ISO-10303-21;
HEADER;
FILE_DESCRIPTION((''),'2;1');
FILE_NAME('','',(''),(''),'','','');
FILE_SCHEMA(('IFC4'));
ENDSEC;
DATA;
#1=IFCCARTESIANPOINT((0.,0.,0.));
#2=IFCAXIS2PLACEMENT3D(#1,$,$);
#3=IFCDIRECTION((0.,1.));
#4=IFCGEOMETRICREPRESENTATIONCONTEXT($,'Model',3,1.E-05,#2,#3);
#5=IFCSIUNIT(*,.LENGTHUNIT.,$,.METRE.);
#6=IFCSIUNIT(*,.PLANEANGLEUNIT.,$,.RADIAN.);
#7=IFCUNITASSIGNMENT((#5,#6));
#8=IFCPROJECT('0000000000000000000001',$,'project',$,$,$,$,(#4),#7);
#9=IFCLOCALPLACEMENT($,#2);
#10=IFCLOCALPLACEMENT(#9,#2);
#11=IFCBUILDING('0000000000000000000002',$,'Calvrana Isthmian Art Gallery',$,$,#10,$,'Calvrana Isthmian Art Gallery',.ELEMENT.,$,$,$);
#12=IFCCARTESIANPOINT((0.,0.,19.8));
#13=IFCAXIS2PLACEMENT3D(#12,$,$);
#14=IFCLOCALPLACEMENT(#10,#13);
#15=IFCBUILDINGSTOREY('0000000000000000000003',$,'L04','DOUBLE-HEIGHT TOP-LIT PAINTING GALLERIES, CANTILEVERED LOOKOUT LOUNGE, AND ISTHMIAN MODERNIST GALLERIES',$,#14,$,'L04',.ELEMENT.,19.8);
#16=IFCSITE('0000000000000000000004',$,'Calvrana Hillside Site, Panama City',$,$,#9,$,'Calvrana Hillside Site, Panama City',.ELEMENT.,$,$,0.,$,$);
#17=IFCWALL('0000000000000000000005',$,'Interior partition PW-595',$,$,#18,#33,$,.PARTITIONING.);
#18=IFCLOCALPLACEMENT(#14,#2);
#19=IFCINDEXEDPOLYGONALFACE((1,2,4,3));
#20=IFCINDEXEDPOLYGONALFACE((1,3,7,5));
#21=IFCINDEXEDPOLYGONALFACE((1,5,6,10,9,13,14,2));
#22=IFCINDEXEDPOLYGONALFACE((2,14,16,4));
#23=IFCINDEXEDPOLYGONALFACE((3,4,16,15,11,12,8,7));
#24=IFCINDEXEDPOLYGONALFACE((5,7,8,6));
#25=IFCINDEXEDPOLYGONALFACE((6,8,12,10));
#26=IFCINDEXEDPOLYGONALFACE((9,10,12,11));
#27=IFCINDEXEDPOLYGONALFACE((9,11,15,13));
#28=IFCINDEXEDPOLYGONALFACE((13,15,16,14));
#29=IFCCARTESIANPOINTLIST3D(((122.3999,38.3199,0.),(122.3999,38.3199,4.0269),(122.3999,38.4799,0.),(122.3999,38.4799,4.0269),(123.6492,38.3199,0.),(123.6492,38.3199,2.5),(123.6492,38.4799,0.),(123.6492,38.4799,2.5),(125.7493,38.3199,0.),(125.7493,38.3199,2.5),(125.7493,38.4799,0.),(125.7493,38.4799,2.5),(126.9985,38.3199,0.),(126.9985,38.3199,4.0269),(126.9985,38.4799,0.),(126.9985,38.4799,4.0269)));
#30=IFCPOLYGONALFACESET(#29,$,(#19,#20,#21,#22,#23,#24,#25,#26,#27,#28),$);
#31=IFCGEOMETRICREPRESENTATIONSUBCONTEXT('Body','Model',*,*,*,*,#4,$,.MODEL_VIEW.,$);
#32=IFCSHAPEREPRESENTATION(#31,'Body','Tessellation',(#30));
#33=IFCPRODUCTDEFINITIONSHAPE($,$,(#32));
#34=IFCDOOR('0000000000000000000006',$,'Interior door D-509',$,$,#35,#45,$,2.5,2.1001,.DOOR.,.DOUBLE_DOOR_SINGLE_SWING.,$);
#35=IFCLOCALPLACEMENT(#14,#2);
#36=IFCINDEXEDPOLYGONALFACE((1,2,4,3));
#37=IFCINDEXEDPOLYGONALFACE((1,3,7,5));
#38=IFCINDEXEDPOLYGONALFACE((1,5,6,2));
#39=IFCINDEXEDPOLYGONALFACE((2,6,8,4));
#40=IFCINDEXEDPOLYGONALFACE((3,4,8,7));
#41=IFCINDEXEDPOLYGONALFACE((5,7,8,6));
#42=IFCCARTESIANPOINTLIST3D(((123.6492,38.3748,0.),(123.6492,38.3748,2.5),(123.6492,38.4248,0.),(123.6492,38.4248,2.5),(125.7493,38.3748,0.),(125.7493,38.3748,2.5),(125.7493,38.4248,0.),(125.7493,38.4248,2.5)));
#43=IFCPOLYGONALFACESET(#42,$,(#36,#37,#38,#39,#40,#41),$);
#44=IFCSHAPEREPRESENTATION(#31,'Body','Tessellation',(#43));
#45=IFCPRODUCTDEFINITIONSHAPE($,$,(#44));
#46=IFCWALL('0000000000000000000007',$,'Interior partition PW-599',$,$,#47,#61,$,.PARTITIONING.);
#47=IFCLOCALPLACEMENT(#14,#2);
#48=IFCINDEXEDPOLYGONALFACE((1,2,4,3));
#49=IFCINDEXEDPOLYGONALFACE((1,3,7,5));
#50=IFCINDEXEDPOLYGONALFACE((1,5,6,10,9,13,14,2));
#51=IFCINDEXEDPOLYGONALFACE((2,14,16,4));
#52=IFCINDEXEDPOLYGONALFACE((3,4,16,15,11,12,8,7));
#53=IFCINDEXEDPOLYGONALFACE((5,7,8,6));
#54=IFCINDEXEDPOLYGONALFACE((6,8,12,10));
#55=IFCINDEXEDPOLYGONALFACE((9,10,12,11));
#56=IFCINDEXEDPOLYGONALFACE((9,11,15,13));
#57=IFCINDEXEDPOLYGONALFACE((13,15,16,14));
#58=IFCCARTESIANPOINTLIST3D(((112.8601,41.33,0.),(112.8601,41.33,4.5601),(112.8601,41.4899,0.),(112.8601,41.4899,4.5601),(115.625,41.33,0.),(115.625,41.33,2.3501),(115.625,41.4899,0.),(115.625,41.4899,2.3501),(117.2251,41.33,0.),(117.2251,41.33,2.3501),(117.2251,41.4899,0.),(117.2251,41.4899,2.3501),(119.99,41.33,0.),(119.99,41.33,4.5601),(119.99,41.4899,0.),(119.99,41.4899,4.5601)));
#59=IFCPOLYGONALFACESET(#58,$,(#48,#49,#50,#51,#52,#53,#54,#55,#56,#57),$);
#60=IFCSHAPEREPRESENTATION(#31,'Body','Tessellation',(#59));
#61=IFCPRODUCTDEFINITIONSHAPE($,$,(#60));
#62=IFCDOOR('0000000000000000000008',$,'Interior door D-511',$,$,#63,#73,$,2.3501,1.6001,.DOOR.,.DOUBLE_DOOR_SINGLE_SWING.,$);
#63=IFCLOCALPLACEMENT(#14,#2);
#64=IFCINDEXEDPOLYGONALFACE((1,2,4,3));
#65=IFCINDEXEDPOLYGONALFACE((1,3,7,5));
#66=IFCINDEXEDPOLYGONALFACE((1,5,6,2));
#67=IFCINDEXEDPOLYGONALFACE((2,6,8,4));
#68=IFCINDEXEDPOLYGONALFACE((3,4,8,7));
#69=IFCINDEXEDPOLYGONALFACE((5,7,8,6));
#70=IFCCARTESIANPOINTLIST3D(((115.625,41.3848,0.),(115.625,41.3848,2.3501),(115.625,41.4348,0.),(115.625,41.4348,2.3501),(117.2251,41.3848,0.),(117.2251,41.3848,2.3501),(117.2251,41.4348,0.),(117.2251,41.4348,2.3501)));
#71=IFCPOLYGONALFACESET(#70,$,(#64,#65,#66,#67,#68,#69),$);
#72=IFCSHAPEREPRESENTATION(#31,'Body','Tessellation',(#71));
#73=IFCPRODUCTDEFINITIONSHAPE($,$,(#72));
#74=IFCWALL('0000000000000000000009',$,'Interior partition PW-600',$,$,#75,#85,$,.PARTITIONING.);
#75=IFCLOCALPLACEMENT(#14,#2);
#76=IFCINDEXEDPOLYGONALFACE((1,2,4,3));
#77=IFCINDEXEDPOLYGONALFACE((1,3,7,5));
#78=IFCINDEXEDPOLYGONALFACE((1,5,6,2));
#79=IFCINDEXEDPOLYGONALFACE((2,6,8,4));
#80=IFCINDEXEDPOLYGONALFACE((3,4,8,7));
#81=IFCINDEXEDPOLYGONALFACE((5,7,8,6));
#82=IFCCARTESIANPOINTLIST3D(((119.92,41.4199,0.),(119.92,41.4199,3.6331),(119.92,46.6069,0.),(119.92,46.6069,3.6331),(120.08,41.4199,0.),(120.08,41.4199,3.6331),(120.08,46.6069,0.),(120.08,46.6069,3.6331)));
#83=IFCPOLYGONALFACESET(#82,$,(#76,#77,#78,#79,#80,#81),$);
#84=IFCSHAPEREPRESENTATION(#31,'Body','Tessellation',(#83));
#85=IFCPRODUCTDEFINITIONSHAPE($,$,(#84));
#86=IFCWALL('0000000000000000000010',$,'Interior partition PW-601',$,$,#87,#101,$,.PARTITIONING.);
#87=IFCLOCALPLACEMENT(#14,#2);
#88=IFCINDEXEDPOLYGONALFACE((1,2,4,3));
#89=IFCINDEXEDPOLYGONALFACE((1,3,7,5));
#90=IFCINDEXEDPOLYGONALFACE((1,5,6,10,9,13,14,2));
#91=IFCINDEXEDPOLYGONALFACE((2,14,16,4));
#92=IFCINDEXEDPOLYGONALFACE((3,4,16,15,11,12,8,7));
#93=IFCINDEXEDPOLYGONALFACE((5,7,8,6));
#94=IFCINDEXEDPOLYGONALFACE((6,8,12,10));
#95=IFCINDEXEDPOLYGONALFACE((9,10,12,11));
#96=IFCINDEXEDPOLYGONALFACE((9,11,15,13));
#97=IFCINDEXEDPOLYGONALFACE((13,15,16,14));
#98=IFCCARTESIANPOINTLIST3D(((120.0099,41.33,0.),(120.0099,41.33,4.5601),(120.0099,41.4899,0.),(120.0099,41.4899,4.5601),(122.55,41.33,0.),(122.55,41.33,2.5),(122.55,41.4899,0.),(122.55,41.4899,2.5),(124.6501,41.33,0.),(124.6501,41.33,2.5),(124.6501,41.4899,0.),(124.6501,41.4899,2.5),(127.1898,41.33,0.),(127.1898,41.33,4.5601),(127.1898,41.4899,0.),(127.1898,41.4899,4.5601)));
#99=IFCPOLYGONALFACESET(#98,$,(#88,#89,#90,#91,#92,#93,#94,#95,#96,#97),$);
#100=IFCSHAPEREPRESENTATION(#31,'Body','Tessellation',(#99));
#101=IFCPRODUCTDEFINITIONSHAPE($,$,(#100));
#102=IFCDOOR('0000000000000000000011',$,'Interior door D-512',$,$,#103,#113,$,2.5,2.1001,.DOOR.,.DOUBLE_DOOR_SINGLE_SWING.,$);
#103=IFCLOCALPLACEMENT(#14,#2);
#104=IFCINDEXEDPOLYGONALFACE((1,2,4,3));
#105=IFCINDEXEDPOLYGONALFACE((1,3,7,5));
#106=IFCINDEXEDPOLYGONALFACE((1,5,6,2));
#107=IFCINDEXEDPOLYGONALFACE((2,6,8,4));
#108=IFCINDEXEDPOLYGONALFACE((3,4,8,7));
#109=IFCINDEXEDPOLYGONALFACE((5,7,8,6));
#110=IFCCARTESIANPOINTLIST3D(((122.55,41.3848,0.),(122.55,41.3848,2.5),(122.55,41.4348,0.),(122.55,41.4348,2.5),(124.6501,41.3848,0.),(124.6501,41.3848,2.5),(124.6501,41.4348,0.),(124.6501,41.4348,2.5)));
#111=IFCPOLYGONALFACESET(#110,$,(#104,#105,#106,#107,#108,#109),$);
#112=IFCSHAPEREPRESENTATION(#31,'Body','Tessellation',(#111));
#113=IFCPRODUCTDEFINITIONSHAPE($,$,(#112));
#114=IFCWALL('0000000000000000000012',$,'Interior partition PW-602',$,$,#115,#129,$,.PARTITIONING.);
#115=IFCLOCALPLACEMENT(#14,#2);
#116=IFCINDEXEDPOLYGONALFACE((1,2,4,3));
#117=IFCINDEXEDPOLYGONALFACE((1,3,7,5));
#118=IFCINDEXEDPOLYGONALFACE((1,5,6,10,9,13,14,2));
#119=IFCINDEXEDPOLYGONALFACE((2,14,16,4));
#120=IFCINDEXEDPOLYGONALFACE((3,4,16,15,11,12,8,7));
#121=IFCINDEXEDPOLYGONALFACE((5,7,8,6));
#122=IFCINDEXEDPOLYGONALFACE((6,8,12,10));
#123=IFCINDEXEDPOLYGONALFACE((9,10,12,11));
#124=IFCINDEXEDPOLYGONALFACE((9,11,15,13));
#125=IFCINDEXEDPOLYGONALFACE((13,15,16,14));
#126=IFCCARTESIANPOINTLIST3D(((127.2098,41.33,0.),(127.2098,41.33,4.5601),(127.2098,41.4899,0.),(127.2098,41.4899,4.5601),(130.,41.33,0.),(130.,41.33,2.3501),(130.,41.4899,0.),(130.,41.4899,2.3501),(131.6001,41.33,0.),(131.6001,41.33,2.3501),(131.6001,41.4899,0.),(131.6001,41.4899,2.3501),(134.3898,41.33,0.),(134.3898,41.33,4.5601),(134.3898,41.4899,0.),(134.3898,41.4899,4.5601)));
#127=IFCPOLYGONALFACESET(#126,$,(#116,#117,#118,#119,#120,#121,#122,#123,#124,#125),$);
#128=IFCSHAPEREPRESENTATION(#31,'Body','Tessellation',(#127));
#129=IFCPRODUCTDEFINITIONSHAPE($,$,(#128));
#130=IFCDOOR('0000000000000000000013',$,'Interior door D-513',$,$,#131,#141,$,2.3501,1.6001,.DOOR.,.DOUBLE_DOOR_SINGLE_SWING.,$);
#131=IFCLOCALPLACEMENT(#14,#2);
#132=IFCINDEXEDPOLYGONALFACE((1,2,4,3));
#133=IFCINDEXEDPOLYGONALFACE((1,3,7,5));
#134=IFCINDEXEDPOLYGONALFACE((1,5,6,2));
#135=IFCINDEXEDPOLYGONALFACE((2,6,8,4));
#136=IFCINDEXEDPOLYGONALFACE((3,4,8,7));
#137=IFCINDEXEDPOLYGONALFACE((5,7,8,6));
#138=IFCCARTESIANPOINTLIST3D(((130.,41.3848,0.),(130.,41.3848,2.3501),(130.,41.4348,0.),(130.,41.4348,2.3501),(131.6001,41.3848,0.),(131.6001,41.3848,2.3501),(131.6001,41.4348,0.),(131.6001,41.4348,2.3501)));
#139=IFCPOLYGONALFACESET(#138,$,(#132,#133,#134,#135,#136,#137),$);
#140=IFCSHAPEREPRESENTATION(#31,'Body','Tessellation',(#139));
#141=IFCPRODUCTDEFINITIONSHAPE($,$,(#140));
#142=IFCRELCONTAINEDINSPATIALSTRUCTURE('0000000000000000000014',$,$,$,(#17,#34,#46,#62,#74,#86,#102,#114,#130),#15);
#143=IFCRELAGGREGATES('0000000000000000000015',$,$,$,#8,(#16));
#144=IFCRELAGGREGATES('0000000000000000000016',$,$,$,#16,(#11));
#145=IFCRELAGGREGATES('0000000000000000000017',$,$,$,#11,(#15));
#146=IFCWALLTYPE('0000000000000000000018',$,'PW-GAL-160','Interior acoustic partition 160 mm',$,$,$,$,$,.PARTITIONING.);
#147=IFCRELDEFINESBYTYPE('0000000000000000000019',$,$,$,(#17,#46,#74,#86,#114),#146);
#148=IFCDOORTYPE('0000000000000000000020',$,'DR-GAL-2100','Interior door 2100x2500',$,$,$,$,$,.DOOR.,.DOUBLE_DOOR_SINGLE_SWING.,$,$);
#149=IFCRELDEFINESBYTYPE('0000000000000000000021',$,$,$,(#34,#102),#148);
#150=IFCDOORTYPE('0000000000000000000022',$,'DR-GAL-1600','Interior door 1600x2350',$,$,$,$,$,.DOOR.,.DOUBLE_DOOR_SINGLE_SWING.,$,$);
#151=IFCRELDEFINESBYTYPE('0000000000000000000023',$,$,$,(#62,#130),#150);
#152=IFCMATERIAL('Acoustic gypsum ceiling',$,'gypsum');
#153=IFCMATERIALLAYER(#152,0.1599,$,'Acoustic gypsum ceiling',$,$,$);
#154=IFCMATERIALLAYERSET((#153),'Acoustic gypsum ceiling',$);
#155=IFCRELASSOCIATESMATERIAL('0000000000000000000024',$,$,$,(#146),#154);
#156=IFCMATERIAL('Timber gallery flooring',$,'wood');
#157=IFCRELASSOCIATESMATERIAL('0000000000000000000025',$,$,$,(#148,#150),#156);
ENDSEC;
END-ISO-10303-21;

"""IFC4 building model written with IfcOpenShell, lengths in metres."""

from ifc_helpers import new_model, si_unit, direction, frame, frame_2d, origin, place, context, subcontext, project, spatial, rectangle, extrude, material, layer, layer_set, type_object, element, fill, save


model = new_model("IFC4")

# Units and contexts
model_context = context("Model", 3, precision=1e-05, world=origin(), true_north=direction((0.0, 1.0)))
body_context = subcontext(model_context, "Body", "Model", "MODEL_VIEW")
ifc_project = project(units=[si_unit("LENGTHUNIT", "METRE"), si_unit("PLANEANGLEUNIT", "RADIAN")], contexts=[model_context])

# Site, building, storey
site_placement = place(None, origin())
site = spatial("IfcSite", under=ifc_project, at=site_placement, Name="Calvrana Hillside Site, Panama City", LongName="Calvrana Hillside Site, Panama City", CompositionType="ELEMENT", RefElevation=0.0)
building_placement = place(site_placement, origin())
building = spatial("IfcBuilding", under=site, at=building_placement, Name="Calvrana Isthmian Art Gallery", LongName="Calvrana Isthmian Art Gallery", CompositionType="ELEMENT")
storey_placement = place(building_placement, frame((0.0, 0.0, 19.8)))
storey = spatial("IfcBuildingStorey", under=building, at=storey_placement, Name="L04", Description="DOUBLE-HEIGHT TOP-LIT PAINTING GALLERIES, CANTILEVERED LOOKOUT LOUNGE, AND ISTHMIAN MODERNIST GALLERIES", LongName="L04", CompositionType="ELEMENT", Elevation=19.8)

# Walls, openings, doors
ifc_material_1 = material(Name="Acoustic gypsum ceiling", Category="gypsum")
ifc_layer_1 = layer(ifc_material_1, 0.1599, Name="Acoustic gypsum ceiling")
ifc_layer_set_1 = layer_set([ifc_layer_1], Name="Acoustic gypsum ceiling")
wall_type_1 = type_object("IfcWallType", Name="PW-GAL-160", Description="Interior acoustic partition 160 mm", PredefinedType="PARTITIONING", material=ifc_layer_set_1)
wall_1_placement = place(storey_placement, frame((122.3999, 38.3999, 0.0), z_axis=(0.0, 0.0, 1.0), x_axis=(1.0, 0.0, 0.0)))
wall_1 = element("IfcWall", 1, at=wall_1_placement, inside=storey, type_object=wall_type_1, Name="Interior partition PW-595", PredefinedType="PARTITIONING", context=body_context, shape_type="SweptSolid", body=[
    extrude(rectangle(XDim=4.5986, YDim=0.1599, at=frame_2d((2.2993, 0.0))), origin(), (0.0, 0.0, 1.0), 4.0269),
])
opening_1_placement = place(wall_1_placement, frame((1.2493, 0.0, 0.0)))
opening_1 = element("IfcOpeningElement", 2, at=opening_1_placement, cuts=wall_1, PredefinedType="OPENING", context=body_context, shape_type="SweptSolid", body=[
    extrude(rectangle(XDim=2.1001, YDim=2.5, at=frame_2d((1.05, 1.25))), frame((0.0, 0.0903, 0.0), z_axis=(0.0, -1.0, 0.0), x_axis=(1.0, 0.0, 0.0)), (0.0, 0.0, 1.0), 0.1804),
])
ifc_material_2 = material(Name="Timber gallery flooring", Category="wood")
door_type_1 = type_object("IfcDoorType", Name="DR-GAL-2100", Description="Interior door 2100x2500", OperationType="DOUBLE_DOOR_SINGLE_SWING", PredefinedType="DOOR", material=ifc_material_2)
door_1_placement = place(opening_1_placement, origin())
door_1 = element("IfcDoor", 3, at=door_1_placement, inside=storey, type_object=door_type_1, Name="Interior door D-509", OperationType="DOUBLE_DOOR_SINGLE_SWING", OverallHeight=2.5, OverallWidth=2.1001, PredefinedType="DOOR", context=body_context, shape_type="SweptSolid", body=[
    extrude(rectangle(XDim=2.1001, YDim=2.5, at=frame_2d((1.05, 1.25))), frame((0.0, 0.0249, 0.0), z_axis=(0.0, -1.0, 0.0), x_axis=(1.0, 0.0, 0.0)), (0.0, 0.0, 1.0), 0.05),
])
fill(opening_1, door_1)
wall_2_placement = place(storey_placement, frame((112.8601, 41.4099, 0.0), z_axis=(0.0, 0.0, 1.0), x_axis=(1.0, 0.0, 0.0)))
wall_2 = element("IfcWall", 4, at=wall_2_placement, inside=storey, type_object=wall_type_1, Name="Interior partition PW-599", PredefinedType="PARTITIONING", context=body_context, shape_type="SweptSolid", body=[
    extrude(rectangle(XDim=7.1299, YDim=0.1599, at=frame_2d((3.5649, 0.0))), origin(), (0.0, 0.0, 1.0), 4.5601),
])
opening_2_placement = place(wall_2_placement, frame((2.7649, 0.0, 0.0)))
opening_2 = element("IfcOpeningElement", 5, at=opening_2_placement, cuts=wall_2, PredefinedType="OPENING", context=body_context, shape_type="SweptSolid", body=[
    extrude(rectangle(XDim=1.6001, YDim=2.3501, at=frame_2d((0.8, 1.175))), frame((0.0, 0.0903, 0.0), z_axis=(0.0, -1.0, 0.0), x_axis=(1.0, 0.0, 0.0)), (0.0, 0.0, 1.0), 0.1804),
])
door_type_2 = type_object("IfcDoorType", Name="DR-GAL-1600", Description="Interior door 1600x2350", OperationType="DOUBLE_DOOR_SINGLE_SWING", PredefinedType="DOOR", material=ifc_material_2)
door_2_placement = place(opening_2_placement, origin())
door_2 = element("IfcDoor", 6, at=door_2_placement, inside=storey, type_object=door_type_2, Name="Interior door D-511", OperationType="DOUBLE_DOOR_SINGLE_SWING", OverallHeight=2.3501, OverallWidth=1.6001, PredefinedType="DOOR", context=body_context, shape_type="SweptSolid", body=[
    extrude(rectangle(XDim=1.6001, YDim=2.3501, at=frame_2d((0.8, 1.175))), frame((0.0, 0.0249, 0.0), z_axis=(0.0, -1.0, 0.0), x_axis=(1.0, 0.0, 0.0)), (0.0, 0.0, 1.0), 0.05),
])
fill(opening_2, door_2)

# Wall
wall_3_placement = place(storey_placement, frame((120.0, 41.4199, 0.0), z_axis=(0.0, 0.0, 1.0), x_axis=(0.0, 1.0, 0.0)))
element("IfcWall", 7, at=wall_3_placement, inside=storey, type_object=wall_type_1, Name="Interior partition PW-600", PredefinedType="PARTITIONING", context=body_context, shape_type="SweptSolid", body=[
    extrude(rectangle(XDim=5.187, YDim=0.1599, at=frame_2d((2.5935, 0.0))), origin(), (0.0, 0.0, 1.0), 3.6331),
])

# Walls, openings, doors
wall_4_placement = place(storey_placement, frame((120.01, 41.4099, 0.0), z_axis=(0.0, 0.0, 1.0), x_axis=(1.0, 0.0, 0.0)))
wall_4 = element("IfcWall", 8, at=wall_4_placement, inside=storey, type_object=wall_type_1, Name="Interior partition PW-601", PredefinedType="PARTITIONING", context=body_context, shape_type="SweptSolid", body=[
    extrude(rectangle(XDim=7.1799, YDim=0.1599, at=frame_2d((3.5898, 0.0))), origin(), (0.0, 0.0, 1.0), 4.5601),
])
opening_3_placement = place(wall_4_placement, frame((2.54, 0.0, 0.0)))
opening_3 = element("IfcOpeningElement", 9, at=opening_3_placement, cuts=wall_4, PredefinedType="OPENING", context=body_context, shape_type="SweptSolid", body=[
    extrude(rectangle(XDim=2.1001, YDim=2.5, at=frame_2d((1.05, 1.25))), frame((0.0, 0.0903, 0.0), z_axis=(0.0, -1.0, 0.0), x_axis=(1.0, 0.0, 0.0)), (0.0, 0.0, 1.0), 0.1804),
])
door_3_placement = place(opening_3_placement, origin())
door_3 = element("IfcDoor", 10, at=door_3_placement, inside=storey, type_object=door_type_1, Name="Interior door D-512", OperationType="DOUBLE_DOOR_SINGLE_SWING", OverallHeight=2.5, OverallWidth=2.1001, PredefinedType="DOOR", context=body_context, shape_type="SweptSolid", body=[
    extrude(rectangle(XDim=2.1001, YDim=2.5, at=frame_2d((1.05, 1.25))), frame((0.0, 0.0249, 0.0), z_axis=(0.0, -1.0, 0.0), x_axis=(1.0, 0.0, 0.0)), (0.0, 0.0, 1.0), 0.05),
])
fill(opening_3, door_3)
wall_5_placement = place(storey_placement, frame((127.21, 41.4099, 0.0), z_axis=(0.0, 0.0, 1.0), x_axis=(1.0, 0.0, 0.0)))
wall_5 = element("IfcWall", 11, at=wall_5_placement, inside=storey, type_object=wall_type_1, Name="Interior partition PW-602", PredefinedType="PARTITIONING", context=body_context, shape_type="SweptSolid", body=[
    extrude(rectangle(XDim=7.1799, YDim=0.1599, at=frame_2d((3.5898, 0.0))), origin(), (0.0, 0.0, 1.0), 4.5601),
])
opening_4_placement = place(wall_5_placement, frame((2.79, 0.0, 0.0)))
opening_4 = element("IfcOpeningElement", 12, at=opening_4_placement, cuts=wall_5, PredefinedType="OPENING", context=body_context, shape_type="SweptSolid", body=[
    extrude(rectangle(XDim=1.6001, YDim=2.3501, at=frame_2d((0.8, 1.175))), frame((0.0, 0.0903, 0.0), z_axis=(0.0, -1.0, 0.0), x_axis=(1.0, 0.0, 0.0)), (0.0, 0.0, 1.0), 0.1804),
])
door_4_placement = place(opening_4_placement, origin())
door_4 = element("IfcDoor", 13, at=door_4_placement, inside=storey, type_object=door_type_2, Name="Interior door D-513", OperationType="DOUBLE_DOOR_SINGLE_SWING", OverallHeight=2.3501, OverallWidth=1.6001, PredefinedType="DOOR", context=body_context, shape_type="SweptSolid", body=[
    extrude(rectangle(XDim=1.6001, YDim=2.3501, at=frame_2d((0.8, 1.175))), frame((0.0, 0.0249, 0.0), z_axis=(0.0, -1.0, 0.0), x_axis=(1.0, 0.0, 0.0)), (0.0, 0.0, 1.0), 0.05),
])
fill(opening_4, door_4)

save(model, "model.ifc")
